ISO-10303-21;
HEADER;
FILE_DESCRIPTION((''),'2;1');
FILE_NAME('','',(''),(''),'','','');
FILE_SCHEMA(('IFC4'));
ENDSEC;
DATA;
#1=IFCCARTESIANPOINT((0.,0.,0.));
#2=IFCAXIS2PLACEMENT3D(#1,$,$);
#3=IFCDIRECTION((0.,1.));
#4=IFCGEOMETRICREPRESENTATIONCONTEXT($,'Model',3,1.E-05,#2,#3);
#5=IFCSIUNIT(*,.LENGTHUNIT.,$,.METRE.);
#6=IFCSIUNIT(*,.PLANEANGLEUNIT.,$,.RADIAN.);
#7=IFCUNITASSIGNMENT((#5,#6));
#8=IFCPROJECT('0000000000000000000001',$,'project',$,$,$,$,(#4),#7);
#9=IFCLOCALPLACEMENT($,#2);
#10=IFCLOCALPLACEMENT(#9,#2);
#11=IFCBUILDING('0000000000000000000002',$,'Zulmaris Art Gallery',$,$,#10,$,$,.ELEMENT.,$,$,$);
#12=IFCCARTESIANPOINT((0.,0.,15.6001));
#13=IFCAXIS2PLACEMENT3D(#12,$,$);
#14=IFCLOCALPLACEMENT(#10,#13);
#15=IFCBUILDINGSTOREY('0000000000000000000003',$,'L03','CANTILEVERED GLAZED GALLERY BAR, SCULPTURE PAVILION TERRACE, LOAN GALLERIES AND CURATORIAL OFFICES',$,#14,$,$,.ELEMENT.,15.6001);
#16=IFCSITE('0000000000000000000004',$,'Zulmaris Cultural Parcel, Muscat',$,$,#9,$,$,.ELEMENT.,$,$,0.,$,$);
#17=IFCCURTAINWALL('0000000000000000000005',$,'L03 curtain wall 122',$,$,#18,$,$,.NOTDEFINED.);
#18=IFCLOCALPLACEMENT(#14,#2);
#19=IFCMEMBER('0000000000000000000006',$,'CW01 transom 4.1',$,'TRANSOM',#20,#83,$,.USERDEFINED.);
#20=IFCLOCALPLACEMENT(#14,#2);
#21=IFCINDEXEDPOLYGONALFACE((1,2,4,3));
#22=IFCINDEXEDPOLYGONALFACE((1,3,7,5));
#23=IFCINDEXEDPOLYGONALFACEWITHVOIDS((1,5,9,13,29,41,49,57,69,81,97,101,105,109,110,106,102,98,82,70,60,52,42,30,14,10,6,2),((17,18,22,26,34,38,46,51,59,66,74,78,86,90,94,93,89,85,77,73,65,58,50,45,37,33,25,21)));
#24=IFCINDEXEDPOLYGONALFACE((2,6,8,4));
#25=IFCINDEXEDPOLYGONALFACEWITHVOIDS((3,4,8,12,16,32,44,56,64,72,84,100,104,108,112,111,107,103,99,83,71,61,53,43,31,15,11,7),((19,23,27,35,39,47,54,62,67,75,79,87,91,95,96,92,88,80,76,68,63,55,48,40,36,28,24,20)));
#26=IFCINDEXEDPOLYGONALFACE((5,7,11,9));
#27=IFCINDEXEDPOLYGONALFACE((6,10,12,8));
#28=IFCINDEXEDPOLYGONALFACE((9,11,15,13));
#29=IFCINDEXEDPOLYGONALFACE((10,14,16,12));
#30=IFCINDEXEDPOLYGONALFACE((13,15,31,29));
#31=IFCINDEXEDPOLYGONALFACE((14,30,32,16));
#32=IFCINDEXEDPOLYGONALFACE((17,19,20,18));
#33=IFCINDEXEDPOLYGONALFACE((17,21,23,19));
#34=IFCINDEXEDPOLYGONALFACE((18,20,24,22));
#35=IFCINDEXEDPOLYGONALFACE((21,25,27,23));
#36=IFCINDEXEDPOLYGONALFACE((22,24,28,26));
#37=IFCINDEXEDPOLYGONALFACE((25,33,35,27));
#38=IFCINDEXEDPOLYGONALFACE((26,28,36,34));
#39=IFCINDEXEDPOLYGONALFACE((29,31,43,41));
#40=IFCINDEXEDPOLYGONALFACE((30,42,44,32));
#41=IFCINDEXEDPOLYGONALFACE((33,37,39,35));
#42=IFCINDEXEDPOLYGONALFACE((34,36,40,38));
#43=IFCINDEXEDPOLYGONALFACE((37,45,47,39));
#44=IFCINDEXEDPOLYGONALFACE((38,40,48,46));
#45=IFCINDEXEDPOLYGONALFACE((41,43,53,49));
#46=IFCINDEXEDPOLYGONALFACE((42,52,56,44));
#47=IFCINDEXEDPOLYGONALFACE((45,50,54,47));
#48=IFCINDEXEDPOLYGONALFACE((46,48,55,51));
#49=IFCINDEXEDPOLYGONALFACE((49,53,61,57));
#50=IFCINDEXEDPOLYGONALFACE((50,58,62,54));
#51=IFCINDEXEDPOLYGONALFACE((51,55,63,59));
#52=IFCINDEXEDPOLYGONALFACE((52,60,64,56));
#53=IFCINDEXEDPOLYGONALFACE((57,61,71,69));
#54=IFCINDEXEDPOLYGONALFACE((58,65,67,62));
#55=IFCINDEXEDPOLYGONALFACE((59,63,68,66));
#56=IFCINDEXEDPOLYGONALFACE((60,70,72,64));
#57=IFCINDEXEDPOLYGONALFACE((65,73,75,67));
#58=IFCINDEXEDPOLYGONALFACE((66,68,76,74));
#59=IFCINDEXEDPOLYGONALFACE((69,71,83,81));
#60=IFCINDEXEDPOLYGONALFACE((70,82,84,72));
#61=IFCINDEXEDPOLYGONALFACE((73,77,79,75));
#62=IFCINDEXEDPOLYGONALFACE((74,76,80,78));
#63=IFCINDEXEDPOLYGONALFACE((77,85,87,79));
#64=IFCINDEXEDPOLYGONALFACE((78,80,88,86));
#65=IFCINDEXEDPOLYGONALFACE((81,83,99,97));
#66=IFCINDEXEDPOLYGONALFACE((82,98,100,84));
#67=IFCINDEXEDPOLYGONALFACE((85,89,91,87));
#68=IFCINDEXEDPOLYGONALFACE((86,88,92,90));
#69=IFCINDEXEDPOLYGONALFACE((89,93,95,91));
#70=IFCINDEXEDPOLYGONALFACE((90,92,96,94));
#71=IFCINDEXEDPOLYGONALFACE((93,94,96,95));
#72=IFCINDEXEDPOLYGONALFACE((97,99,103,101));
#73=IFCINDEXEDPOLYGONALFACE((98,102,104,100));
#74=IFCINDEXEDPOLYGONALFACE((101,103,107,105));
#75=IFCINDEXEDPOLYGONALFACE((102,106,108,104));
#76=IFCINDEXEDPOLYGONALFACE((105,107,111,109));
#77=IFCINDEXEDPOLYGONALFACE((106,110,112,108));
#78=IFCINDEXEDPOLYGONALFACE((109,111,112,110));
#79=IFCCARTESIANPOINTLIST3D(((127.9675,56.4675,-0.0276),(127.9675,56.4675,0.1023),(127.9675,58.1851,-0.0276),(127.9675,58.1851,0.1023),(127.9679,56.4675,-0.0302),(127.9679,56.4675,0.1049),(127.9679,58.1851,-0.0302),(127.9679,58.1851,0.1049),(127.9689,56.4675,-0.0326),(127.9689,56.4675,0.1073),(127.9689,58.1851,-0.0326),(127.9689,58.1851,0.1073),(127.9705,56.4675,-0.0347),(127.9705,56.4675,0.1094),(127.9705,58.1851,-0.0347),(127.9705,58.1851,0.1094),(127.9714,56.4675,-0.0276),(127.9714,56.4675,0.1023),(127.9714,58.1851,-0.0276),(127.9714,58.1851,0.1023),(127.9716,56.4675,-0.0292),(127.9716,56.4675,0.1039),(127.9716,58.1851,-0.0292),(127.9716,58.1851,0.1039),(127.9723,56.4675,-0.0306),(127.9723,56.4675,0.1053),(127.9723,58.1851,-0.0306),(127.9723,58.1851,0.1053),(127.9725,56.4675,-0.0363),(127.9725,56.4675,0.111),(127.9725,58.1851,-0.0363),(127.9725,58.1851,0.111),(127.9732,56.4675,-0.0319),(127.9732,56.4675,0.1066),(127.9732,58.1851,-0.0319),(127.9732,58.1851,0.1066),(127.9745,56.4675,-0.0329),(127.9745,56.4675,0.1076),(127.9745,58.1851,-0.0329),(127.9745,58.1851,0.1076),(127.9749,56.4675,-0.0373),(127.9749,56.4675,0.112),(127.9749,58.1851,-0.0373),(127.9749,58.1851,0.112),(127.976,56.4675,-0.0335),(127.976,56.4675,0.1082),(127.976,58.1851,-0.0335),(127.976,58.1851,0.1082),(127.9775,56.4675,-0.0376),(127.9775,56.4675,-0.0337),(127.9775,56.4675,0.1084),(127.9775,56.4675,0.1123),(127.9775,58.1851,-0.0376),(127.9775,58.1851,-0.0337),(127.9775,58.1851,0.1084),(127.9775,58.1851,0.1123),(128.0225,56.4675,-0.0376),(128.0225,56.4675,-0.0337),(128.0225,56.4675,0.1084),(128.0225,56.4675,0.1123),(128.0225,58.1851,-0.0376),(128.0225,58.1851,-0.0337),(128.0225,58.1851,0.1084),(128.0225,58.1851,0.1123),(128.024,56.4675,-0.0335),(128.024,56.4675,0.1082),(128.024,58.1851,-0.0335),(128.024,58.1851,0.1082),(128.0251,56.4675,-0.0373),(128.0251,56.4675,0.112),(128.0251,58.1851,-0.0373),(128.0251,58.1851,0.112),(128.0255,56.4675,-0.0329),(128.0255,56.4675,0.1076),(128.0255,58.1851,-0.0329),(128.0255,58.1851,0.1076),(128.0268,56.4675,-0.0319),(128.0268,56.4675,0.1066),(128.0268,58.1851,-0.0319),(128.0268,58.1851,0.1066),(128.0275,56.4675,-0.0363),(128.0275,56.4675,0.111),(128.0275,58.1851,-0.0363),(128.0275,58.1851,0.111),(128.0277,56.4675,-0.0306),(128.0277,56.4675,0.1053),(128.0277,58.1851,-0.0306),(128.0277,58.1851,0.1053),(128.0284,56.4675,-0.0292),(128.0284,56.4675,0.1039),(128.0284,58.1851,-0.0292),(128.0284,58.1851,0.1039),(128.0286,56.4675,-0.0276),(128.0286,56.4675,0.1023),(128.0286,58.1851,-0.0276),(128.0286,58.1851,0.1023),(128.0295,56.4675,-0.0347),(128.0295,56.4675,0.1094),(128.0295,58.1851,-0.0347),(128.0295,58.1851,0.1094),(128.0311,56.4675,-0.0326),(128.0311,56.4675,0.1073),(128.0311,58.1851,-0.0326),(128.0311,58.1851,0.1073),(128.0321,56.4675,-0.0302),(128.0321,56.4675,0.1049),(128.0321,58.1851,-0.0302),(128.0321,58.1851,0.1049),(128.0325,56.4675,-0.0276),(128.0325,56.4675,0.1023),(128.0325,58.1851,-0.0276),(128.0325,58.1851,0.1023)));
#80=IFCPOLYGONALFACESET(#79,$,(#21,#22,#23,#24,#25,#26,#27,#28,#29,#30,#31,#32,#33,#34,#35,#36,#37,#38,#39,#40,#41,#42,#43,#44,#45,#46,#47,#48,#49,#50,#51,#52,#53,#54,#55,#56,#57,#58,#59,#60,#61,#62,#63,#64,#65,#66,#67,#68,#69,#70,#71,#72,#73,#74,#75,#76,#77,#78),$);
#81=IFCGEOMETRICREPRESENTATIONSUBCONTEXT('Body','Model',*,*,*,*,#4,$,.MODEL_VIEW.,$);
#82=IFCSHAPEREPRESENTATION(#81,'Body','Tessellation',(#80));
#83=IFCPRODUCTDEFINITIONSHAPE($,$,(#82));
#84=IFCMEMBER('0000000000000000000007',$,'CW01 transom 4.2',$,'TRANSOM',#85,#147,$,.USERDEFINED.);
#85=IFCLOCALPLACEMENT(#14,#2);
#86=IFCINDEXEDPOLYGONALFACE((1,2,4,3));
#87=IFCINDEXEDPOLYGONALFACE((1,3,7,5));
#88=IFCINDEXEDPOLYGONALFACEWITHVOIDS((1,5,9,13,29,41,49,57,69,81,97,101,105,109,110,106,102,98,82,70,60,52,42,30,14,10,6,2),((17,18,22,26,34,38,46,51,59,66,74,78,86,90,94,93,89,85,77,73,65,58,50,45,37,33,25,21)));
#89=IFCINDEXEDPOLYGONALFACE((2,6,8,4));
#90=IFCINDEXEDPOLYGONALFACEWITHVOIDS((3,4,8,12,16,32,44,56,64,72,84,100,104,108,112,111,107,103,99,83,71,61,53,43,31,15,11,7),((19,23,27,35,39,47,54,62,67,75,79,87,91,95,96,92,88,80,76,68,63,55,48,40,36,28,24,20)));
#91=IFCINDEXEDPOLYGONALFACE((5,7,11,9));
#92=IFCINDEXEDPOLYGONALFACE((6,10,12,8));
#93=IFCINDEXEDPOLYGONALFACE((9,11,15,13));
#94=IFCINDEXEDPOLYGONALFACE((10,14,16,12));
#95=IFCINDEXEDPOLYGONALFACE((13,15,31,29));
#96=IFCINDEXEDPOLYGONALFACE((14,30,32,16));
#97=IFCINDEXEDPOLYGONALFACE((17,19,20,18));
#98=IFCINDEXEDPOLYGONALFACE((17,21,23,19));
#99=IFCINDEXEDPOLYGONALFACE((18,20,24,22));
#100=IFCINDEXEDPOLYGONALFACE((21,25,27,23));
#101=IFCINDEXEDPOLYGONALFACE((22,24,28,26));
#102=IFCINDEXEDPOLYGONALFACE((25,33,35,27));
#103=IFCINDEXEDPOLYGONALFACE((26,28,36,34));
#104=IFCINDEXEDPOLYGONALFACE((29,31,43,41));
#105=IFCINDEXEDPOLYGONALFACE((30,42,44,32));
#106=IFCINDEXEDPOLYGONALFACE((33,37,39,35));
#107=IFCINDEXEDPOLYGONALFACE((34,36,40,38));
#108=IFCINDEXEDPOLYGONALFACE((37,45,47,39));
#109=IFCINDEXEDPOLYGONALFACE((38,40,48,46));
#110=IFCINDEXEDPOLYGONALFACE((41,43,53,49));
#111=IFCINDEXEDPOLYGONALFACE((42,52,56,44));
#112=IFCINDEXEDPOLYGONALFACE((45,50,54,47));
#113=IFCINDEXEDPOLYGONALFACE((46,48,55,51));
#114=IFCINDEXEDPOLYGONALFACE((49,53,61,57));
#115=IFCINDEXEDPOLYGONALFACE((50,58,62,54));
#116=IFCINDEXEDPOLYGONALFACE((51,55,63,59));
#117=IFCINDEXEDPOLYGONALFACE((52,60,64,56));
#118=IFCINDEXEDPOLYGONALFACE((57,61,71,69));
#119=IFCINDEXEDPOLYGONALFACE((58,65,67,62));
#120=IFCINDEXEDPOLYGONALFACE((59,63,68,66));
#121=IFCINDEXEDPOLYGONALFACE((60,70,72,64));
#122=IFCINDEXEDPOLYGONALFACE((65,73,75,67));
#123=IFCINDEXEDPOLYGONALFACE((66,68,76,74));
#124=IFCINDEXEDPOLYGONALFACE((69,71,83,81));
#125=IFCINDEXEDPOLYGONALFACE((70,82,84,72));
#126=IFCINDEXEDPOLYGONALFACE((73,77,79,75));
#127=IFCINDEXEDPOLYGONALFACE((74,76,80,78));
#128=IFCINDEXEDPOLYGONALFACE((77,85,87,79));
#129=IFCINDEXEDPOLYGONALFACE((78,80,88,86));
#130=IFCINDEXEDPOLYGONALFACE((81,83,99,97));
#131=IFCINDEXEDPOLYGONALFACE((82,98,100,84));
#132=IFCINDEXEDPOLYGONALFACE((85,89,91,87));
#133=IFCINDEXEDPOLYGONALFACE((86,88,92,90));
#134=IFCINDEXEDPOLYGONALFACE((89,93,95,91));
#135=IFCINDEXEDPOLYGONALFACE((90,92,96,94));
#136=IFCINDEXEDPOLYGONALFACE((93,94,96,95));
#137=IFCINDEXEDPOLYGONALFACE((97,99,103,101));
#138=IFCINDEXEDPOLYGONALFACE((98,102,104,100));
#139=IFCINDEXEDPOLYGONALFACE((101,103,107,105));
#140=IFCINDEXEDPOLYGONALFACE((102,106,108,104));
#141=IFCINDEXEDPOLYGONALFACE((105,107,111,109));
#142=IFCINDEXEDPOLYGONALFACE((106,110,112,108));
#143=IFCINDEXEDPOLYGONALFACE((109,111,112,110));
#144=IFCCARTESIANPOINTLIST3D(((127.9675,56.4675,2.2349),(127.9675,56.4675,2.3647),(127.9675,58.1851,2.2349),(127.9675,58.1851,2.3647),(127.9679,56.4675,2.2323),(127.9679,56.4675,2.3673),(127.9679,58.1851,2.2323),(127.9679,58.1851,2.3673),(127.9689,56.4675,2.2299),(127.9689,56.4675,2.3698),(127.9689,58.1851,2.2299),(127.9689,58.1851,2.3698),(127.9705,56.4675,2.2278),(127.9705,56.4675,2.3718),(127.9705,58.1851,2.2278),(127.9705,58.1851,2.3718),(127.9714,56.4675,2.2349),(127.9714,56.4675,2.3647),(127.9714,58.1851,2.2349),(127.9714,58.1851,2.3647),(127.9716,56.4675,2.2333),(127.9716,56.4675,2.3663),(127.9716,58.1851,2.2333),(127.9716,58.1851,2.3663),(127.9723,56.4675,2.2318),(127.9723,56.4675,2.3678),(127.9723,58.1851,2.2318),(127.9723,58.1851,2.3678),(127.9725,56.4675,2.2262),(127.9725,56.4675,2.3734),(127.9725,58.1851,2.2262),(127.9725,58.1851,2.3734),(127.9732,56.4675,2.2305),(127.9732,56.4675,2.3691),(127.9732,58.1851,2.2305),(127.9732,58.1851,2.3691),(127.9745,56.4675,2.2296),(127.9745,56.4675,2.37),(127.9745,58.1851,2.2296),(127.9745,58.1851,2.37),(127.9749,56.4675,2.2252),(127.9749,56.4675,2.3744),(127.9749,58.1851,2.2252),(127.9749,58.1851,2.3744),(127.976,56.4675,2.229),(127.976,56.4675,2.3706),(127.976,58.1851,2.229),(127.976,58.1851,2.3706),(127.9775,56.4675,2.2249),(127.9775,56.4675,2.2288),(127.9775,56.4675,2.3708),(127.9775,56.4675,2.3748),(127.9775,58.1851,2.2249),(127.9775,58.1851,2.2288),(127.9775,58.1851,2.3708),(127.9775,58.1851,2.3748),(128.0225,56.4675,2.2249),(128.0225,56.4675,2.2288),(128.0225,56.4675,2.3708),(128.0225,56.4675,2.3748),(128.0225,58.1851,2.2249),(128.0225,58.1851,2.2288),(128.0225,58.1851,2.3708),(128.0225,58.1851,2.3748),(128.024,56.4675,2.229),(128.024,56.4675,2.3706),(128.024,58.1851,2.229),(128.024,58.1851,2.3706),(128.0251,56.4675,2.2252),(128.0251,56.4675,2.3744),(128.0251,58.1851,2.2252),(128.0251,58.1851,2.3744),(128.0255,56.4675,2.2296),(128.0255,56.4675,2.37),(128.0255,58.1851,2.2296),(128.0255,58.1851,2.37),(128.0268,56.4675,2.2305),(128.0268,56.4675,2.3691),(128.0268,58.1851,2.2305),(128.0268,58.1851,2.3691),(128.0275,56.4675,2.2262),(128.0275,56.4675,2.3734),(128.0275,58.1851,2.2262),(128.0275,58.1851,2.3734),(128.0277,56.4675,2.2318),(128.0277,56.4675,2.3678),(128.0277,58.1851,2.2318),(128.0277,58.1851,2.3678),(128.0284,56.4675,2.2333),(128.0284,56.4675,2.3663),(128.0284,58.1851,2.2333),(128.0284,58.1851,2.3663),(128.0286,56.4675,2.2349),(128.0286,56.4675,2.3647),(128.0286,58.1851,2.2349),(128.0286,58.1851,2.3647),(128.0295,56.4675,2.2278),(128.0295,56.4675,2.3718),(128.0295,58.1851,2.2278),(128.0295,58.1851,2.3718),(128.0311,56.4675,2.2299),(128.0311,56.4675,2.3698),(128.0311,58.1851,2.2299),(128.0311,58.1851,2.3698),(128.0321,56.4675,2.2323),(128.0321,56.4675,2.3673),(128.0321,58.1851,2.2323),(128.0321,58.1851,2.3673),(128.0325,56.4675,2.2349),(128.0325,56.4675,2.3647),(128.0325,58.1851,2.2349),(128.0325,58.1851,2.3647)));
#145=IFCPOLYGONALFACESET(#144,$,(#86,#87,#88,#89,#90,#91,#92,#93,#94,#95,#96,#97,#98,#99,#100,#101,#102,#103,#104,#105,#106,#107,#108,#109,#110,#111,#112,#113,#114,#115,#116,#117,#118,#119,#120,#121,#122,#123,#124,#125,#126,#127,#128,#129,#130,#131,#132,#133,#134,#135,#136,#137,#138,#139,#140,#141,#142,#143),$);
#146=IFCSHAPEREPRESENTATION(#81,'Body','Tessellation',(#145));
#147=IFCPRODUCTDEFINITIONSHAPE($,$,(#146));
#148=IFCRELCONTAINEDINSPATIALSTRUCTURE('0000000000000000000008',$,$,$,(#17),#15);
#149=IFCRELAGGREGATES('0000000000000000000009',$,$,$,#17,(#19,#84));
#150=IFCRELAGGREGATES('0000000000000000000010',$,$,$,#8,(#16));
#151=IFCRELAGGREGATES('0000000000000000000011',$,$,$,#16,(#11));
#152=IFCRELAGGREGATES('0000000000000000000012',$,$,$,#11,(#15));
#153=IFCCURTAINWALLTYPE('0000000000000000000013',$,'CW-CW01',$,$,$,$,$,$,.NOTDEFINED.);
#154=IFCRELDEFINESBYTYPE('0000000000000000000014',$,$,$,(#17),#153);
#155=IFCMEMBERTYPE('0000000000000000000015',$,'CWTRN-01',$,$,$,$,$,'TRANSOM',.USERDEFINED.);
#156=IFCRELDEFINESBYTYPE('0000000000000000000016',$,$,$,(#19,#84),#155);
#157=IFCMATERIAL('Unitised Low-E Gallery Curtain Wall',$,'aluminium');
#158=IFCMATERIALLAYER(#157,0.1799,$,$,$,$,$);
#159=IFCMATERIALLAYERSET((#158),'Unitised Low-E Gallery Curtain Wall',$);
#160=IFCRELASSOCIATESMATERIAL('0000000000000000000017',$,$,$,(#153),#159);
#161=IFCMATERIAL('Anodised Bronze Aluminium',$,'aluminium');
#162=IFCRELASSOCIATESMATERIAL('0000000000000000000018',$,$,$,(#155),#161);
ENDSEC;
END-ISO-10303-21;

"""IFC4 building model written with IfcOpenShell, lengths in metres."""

from ifc_helpers import new_model, si_unit, direction, frame, origin, origin_2d, place, context, subcontext, project, spatial, hollow_rectangle, extrude, material, layer, layer_set, material_profile, profile_set, type_object, element, aggregate, save


model = new_model("IFC4")

# Units and contexts
model_context = context("Model", 3, precision=1e-05, world=origin(), true_north=direction((0.0, 1.0)))
body_context = subcontext(model_context, "Body", "Model", "MODEL_VIEW")
ifc_project = project(units=[si_unit("LENGTHUNIT", "METRE"), si_unit("PLANEANGLEUNIT", "RADIAN")], contexts=[model_context])

# Site, building, storey
site_placement = place(None, origin())
site = spatial("IfcSite", under=ifc_project, at=site_placement, Name="Zulmaris Cultural Parcel, Muscat", CompositionType="ELEMENT", RefElevation=0.0)
building_placement = place(site_placement, origin())
building = spatial("IfcBuilding", under=site, at=building_placement, Name="Zulmaris Art Gallery", CompositionType="ELEMENT")
storey_placement = place(building_placement, frame((0.0, 0.0, 15.6001)))
storey = spatial("IfcBuildingStorey", under=building, at=storey_placement, Name="L03", Description="CANTILEVERED GLAZED GALLERY BAR, SCULPTURE PAVILION TERRACE, LOAN GALLERIES AND CURATORIAL OFFICES", CompositionType="ELEMENT", Elevation=15.6001)

# Curtain wall, members
ifc_material_1 = material(Name="Unitised Low-E Gallery Curtain Wall", Category="aluminium")
ifc_layer_1 = layer(ifc_material_1, 0.1799)
ifc_layer_set_1 = layer_set([ifc_layer_1], Name="Unitised Low-E Gallery Curtain Wall")
curtain_wall_type = type_object("IfcCurtainWallType", Name="CW-CW01", PredefinedType="NOTDEFINED", material=ifc_layer_set_1)
curtain_wall_placement = place(storey_placement, origin())
curtain_wall = element("IfcCurtainWall", 1, at=curtain_wall_placement, inside=storey, type_object=curtain_wall_type, Name="L03 curtain wall 122", PredefinedType="NOTDEFINED")
ifc_material_2 = material(Name="Anodised Bronze Aluminium", Category="aluminium")
ifc_material_profile_1 = material_profile(ifc_material_2, hollow_rectangle(XDim=0.0649, YDim=0.1499, WallThickness=0.0039, InnerFilletRadius=0.0061, OuterFilletRadius=0.01, at=origin_2d()), Name="ALU 65x150x4")
ifc_profile_set_1 = profile_set([ifc_material_profile_1], Name="Anodised Bronze Aluminium")
member_type_1 = type_object("IfcMemberType", Name="CWTRN-01", ElementType="TRANSOM", PredefinedType="USERDEFINED", material=ifc_profile_set_1)
member_1_placement = place(storey_placement, frame((128.0, 56.4675, 0.0374), z_axis=(0.0, 1.0, 0.0), x_axis=(-1.0, 0.0, 0.0)))
member_1 = element("IfcMember", 2, at=member_1_placement, type_object=member_type_1, Name="CW01 transom 4.1", ObjectType="TRANSOM", PredefinedType="USERDEFINED", context=body_context, shape_type="SweptSolid", body=[
    extrude(hollow_rectangle(XDim=0.0649, YDim=0.1499, WallThickness=0.0039, InnerFilletRadius=0.0061, OuterFilletRadius=0.01, at=origin_2d()), origin(), (0.0, 0.0, 1.0), 1.7175),
])
member_2_placement = place(storey_placement, frame((128.0, 56.4675, 2.2998), z_axis=(0.0, 1.0, 0.0), x_axis=(-1.0, 0.0, 0.0)))
member_2 = element("IfcMember", 3, at=member_2_placement, type_object=member_type_1, Name="CW01 transom 4.2", ObjectType="TRANSOM", PredefinedType="USERDEFINED", context=body_context, shape_type="SweptSolid", body=[
    extrude(hollow_rectangle(XDim=0.0649, YDim=0.1499, WallThickness=0.0039, InnerFilletRadius=0.0061, OuterFilletRadius=0.01, at=origin_2d()), origin(), (0.0, 0.0, 1.0), 1.7175),
])
aggregate(curtain_wall, [member_1, member_2])

save(model, "model.ifc")
